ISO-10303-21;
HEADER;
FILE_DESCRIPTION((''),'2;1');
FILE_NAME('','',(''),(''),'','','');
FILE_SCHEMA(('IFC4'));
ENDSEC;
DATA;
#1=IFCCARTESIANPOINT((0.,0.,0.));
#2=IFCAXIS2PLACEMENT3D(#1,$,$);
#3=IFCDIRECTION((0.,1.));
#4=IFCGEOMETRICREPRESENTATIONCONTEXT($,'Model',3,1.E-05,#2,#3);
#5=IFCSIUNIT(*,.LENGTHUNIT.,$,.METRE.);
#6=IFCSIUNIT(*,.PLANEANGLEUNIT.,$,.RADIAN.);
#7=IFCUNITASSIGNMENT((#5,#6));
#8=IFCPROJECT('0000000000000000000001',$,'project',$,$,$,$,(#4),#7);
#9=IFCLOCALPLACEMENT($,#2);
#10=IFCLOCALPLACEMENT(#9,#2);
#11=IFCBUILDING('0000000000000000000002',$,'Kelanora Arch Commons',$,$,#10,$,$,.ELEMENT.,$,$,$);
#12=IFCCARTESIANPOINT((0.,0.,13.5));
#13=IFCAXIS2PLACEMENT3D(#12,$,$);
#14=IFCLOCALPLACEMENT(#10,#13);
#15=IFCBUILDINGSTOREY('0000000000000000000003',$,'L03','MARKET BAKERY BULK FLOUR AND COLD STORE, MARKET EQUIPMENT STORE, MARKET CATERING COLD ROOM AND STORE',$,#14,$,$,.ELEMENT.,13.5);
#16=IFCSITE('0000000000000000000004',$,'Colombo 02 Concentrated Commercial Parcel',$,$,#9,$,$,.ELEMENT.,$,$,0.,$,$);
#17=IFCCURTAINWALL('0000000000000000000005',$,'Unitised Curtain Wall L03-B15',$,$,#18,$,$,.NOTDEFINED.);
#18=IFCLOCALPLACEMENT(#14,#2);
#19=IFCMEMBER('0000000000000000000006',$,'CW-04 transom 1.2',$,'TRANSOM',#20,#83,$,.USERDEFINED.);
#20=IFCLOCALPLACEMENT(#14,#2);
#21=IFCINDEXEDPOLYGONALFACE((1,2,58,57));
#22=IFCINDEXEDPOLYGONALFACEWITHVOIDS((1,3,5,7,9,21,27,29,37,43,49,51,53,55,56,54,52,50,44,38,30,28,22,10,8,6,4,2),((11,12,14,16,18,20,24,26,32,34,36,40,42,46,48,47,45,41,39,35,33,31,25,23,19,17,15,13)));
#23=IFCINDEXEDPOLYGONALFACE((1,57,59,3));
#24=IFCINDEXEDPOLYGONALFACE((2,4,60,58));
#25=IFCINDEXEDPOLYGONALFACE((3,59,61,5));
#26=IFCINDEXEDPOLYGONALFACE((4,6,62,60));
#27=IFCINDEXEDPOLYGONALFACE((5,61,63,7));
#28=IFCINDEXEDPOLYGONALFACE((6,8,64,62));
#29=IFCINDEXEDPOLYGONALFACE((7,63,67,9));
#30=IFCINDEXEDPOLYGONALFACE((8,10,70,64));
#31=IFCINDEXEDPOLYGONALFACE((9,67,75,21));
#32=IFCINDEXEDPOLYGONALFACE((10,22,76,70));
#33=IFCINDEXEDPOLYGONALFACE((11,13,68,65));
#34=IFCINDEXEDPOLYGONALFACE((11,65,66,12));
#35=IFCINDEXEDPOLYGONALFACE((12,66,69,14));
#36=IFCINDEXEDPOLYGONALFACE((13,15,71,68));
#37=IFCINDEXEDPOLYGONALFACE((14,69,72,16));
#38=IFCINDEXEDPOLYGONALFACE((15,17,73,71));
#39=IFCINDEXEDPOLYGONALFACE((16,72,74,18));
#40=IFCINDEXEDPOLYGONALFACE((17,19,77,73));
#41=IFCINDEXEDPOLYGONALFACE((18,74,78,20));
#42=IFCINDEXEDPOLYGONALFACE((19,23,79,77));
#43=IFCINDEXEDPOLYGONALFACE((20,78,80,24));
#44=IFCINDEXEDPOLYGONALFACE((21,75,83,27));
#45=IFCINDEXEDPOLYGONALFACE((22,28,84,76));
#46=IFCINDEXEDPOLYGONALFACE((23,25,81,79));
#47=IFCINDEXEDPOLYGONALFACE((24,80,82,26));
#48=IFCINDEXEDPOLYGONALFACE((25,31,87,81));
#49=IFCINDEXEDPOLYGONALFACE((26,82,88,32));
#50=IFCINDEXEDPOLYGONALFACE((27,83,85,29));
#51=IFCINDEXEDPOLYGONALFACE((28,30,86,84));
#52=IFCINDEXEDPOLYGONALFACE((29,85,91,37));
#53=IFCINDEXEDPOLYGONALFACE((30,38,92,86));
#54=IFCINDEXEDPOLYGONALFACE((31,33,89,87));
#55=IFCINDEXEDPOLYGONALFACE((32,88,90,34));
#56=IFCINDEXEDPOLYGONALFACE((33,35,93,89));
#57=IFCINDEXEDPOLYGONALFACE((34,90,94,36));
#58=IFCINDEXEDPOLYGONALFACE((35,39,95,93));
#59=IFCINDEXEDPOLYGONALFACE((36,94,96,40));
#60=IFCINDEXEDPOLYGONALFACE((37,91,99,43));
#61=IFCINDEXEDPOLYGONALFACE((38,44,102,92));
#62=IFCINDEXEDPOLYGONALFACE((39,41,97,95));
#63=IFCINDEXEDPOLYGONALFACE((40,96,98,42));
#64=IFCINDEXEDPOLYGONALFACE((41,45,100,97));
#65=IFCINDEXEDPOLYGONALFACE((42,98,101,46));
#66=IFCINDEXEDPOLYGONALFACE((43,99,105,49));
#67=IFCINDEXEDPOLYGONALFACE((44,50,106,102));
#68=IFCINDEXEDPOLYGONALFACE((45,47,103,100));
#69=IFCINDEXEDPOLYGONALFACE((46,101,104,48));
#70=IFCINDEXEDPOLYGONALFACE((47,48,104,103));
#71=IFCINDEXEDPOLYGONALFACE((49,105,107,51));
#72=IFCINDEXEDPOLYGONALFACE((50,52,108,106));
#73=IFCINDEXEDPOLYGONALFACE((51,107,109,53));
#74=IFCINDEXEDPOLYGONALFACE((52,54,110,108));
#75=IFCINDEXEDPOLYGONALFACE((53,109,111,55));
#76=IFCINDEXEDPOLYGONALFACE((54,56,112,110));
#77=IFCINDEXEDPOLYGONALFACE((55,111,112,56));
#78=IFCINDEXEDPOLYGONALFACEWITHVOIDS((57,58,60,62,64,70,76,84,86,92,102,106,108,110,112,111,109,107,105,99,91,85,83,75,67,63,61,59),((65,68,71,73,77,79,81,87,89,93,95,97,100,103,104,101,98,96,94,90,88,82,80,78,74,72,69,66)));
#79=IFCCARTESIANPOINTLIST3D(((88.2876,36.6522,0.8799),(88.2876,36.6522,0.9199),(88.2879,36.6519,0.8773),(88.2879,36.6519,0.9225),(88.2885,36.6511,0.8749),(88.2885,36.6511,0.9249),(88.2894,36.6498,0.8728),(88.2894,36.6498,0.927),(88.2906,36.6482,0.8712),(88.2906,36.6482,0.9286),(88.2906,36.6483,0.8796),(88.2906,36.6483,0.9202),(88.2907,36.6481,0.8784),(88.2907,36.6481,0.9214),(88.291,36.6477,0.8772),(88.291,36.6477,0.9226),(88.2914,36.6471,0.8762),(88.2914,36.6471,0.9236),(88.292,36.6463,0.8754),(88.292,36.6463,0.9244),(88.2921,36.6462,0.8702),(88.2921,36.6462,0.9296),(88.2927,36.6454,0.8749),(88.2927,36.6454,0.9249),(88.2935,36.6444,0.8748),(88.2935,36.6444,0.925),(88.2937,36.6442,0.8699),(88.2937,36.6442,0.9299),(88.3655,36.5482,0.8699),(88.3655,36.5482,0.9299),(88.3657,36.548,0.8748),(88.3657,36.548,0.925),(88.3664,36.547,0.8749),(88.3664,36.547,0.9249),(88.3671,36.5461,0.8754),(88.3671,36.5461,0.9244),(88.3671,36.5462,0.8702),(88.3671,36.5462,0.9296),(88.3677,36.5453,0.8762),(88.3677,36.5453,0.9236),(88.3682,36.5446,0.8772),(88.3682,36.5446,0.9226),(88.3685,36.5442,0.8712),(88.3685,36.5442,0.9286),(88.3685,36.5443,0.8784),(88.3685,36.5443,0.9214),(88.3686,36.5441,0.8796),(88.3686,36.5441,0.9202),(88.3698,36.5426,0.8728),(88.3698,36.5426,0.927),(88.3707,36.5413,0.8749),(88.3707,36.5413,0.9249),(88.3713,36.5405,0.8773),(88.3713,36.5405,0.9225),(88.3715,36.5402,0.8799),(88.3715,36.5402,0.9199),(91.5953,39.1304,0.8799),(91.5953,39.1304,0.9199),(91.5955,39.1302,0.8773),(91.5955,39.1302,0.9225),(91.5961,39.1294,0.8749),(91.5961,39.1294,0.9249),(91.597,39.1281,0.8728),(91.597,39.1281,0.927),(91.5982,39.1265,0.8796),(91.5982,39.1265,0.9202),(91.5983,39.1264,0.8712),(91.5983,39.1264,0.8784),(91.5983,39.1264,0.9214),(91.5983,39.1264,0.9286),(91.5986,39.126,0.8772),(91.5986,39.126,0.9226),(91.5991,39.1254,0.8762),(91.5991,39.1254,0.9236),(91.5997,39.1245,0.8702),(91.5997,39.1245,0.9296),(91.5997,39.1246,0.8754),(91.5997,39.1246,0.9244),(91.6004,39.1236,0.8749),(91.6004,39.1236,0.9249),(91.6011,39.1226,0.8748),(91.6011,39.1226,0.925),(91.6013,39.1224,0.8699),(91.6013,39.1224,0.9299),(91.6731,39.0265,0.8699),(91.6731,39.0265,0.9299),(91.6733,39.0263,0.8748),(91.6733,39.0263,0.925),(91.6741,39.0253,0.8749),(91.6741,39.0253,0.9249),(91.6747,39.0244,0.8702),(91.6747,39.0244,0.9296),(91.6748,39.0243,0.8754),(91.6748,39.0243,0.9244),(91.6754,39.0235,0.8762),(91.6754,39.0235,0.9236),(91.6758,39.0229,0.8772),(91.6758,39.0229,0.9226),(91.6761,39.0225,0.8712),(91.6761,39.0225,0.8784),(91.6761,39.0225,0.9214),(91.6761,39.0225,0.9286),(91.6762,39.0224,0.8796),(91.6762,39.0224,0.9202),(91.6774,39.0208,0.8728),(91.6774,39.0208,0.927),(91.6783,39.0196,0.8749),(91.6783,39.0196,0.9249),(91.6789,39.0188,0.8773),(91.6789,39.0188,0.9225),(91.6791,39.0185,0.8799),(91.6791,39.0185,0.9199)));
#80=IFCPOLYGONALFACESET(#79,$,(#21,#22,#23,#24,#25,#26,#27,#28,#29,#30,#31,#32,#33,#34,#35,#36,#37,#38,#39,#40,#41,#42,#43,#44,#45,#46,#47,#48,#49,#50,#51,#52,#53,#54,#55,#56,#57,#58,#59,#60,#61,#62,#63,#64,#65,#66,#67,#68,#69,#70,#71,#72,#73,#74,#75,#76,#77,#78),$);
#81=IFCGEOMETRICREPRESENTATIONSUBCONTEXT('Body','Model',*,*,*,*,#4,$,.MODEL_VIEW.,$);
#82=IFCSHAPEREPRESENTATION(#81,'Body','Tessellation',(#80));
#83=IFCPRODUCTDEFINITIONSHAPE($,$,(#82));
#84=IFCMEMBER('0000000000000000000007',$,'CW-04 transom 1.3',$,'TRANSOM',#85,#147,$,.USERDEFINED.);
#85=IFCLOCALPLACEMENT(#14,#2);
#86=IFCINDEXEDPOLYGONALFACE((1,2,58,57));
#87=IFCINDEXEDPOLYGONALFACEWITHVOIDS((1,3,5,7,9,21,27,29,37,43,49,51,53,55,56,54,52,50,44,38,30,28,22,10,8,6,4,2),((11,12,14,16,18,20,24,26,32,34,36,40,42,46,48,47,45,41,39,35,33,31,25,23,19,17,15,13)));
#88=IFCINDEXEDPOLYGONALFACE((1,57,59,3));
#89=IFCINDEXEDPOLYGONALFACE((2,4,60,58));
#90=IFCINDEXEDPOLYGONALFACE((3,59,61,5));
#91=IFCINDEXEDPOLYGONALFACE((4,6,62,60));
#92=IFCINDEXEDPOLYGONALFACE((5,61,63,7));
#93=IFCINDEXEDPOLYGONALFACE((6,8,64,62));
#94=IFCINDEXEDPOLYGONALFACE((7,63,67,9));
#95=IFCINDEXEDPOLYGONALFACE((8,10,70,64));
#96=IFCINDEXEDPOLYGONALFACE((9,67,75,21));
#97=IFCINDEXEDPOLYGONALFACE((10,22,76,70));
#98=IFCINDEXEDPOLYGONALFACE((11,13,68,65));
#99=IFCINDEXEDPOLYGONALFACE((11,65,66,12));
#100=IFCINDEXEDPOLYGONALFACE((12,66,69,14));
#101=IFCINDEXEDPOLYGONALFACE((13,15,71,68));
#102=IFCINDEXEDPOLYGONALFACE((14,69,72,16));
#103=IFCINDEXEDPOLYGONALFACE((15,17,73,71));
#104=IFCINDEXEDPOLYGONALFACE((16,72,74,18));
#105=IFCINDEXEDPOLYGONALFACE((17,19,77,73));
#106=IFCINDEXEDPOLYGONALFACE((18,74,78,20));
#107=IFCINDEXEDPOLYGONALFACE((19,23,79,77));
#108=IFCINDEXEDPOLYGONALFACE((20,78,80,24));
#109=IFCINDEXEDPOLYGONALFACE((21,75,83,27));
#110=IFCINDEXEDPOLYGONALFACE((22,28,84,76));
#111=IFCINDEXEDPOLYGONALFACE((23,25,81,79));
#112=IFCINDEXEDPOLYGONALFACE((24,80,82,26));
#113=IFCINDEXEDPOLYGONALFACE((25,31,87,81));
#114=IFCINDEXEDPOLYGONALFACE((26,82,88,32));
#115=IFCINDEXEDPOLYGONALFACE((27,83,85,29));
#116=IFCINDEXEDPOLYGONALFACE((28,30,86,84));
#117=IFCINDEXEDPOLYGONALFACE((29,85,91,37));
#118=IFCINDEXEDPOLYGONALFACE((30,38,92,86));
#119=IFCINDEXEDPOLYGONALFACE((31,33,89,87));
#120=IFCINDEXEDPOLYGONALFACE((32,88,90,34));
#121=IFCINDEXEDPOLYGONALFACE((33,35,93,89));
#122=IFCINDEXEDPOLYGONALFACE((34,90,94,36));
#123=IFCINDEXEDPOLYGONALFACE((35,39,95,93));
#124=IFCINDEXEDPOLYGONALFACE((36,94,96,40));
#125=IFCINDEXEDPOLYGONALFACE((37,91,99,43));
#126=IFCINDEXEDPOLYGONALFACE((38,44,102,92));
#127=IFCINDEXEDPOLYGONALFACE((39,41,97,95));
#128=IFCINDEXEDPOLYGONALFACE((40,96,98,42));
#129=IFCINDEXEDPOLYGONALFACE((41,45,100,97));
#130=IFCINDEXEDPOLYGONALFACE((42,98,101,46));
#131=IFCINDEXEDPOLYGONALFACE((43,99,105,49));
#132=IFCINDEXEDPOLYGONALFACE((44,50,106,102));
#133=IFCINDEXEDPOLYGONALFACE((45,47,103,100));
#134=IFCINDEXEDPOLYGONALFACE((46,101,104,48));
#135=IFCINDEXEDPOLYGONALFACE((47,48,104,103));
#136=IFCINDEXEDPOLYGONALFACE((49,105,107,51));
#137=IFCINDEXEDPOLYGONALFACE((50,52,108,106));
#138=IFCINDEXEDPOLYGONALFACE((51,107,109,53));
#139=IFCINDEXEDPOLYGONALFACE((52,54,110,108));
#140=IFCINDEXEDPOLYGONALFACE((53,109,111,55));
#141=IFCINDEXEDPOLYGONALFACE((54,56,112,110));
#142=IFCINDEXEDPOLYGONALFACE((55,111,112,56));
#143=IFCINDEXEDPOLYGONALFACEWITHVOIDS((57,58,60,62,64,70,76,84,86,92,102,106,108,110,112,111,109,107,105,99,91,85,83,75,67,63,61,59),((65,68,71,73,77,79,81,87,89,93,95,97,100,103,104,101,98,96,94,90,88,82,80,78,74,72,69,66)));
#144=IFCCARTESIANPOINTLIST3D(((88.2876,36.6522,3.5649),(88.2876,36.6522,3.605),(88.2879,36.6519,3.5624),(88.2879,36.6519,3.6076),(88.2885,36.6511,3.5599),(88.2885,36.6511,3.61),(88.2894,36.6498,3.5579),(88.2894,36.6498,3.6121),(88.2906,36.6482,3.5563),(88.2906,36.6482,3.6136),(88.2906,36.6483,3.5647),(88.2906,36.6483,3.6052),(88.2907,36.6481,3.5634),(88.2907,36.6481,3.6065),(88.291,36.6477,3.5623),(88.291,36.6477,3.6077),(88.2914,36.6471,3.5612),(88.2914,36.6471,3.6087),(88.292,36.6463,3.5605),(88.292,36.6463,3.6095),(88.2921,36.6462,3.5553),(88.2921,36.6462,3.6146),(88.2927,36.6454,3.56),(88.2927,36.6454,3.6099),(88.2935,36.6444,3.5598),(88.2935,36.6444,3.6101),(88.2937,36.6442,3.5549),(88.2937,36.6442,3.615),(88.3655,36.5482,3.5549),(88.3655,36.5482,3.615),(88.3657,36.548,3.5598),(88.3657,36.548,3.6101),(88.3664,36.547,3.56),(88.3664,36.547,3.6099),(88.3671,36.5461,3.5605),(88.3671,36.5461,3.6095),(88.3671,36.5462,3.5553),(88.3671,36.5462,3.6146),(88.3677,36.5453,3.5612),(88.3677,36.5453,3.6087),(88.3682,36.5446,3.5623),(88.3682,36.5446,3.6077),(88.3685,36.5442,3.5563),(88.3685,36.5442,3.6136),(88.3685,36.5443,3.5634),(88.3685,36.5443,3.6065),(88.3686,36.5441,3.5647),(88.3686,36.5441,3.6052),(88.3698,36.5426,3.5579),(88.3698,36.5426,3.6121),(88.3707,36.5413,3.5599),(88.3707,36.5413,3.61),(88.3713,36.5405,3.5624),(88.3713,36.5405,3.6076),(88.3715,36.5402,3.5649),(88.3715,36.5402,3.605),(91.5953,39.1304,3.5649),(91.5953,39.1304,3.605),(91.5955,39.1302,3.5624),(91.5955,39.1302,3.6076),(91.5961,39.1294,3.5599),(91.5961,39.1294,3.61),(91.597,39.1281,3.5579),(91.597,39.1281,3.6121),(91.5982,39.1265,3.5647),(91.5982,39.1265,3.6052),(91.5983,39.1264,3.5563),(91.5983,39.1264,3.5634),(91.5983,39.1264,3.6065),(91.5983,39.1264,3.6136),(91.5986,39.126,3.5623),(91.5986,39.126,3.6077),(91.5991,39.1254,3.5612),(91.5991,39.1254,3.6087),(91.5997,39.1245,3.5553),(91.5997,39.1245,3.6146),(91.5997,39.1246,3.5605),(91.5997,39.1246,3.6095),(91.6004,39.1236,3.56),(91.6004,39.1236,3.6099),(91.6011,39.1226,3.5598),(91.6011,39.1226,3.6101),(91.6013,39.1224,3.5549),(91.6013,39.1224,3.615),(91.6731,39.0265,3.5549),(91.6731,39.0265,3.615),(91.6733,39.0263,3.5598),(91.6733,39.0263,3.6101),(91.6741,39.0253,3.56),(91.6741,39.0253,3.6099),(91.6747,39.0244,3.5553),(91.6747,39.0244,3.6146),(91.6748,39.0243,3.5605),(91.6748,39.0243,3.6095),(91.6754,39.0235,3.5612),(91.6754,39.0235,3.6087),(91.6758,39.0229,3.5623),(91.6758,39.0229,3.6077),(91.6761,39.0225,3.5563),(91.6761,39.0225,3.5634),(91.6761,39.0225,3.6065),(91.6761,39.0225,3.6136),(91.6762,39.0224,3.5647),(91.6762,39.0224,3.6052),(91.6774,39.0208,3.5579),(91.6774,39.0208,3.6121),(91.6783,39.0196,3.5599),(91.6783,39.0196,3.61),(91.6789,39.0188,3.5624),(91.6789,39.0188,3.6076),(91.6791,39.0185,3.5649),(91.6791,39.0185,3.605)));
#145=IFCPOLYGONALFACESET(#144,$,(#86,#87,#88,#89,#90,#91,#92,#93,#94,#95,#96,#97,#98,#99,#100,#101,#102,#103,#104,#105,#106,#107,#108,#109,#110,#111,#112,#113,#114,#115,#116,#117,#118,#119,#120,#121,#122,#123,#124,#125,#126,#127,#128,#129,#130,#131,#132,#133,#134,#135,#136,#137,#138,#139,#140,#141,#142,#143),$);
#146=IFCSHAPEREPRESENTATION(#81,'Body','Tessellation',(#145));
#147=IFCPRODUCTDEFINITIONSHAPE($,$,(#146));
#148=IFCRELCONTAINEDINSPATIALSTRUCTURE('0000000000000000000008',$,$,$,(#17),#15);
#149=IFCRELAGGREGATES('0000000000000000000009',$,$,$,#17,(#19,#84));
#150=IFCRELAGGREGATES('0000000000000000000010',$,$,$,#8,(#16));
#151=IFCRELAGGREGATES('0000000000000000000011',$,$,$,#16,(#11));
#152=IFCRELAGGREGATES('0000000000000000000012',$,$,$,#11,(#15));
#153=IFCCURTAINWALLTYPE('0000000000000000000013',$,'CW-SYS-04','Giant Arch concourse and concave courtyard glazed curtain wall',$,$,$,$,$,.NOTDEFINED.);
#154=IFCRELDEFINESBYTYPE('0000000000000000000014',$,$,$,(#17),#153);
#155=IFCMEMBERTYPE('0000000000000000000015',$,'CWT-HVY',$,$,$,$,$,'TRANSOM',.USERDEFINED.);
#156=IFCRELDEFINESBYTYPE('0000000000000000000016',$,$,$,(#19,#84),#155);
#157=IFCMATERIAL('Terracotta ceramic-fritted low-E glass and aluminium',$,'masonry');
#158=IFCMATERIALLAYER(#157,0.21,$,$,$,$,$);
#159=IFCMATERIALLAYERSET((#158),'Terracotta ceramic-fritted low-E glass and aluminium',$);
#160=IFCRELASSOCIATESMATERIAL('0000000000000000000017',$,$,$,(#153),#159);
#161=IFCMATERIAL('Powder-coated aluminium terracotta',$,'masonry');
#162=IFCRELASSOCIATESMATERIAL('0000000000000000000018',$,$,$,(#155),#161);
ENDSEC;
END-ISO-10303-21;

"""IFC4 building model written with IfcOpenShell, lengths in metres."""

from ifc_helpers import new_model, si_unit, direction, frame, origin, origin_2d, place, context, subcontext, project, spatial, hollow_rectangle, extrude, material, layer, layer_set, material_profile, profile_set, type_object, element, aggregate, save


model = new_model("IFC4")

# Units and contexts
model_context = context("Model", 3, precision=1e-05, world=origin(), true_north=direction((0.0, 1.0)))
body_context = subcontext(model_context, "Body", "Model", "MODEL_VIEW")
ifc_project = project(units=[si_unit("LENGTHUNIT", "METRE"), si_unit("PLANEANGLEUNIT", "RADIAN")], contexts=[model_context])

# Site, building, storey
site_placement = place(None, origin())
site = spatial("IfcSite", under=ifc_project, at=site_placement, Name="Colombo 02 Concentrated Commercial Parcel", CompositionType="ELEMENT", RefElevation=0.0)
building_placement = place(site_placement, origin())
building = spatial("IfcBuilding", under=site, at=building_placement, Name="Kelanora Arch Commons", CompositionType="ELEMENT")
storey_placement = place(building_placement, frame((0.0, 0.0, 13.5)))
storey = spatial("IfcBuildingStorey", under=building, at=storey_placement, Name="L03", Description="MARKET BAKERY BULK FLOUR AND COLD STORE, MARKET EQUIPMENT STORE, MARKET CATERING COLD ROOM AND STORE", CompositionType="ELEMENT", Elevation=13.5)

# Shared definitions
ifc_material_1 = material(Name="Terracotta ceramic-fritted low-E glass and aluminium", Category="masonry")
ifc_layer_1 = layer(ifc_material_1, 0.21)
ifc_layer_set_1 = layer_set([ifc_layer_1], Name="Terracotta ceramic-fritted low-E glass and aluminium")
curtain_wall_type = type_object("IfcCurtainWallType", Name="CW-SYS-04", Description="Giant Arch concourse and concave courtyard glazed curtain wall", PredefinedType="NOTDEFINED", material=ifc_layer_set_1)
ifc_material_2 = material(Name="Powder-coated aluminium terracotta", Category="masonry")

# Curtain wall
curtain_wall_1_placement = place(storey_placement, origin())
curtain_wall_1 = element("IfcCurtainWall", 1, at=curtain_wall_1_placement, inside=storey, type_object=curtain_wall_type, Name="Unitised Curtain Wall L03-B15", PredefinedType="NOTDEFINED")

# Members
ifc_material_profile_1 = material_profile(ifc_material_2, hollow_rectangle(XDim=0.1399, YDim=0.0601, WallThickness=0.0049, InnerFilletRadius=0.0049, OuterFilletRadius=0.01, at=origin_2d()), Name="CWT140x60")
ifc_profile_set_1 = profile_set([ifc_material_profile_1], Name="Powder-coated aluminium terracotta")
member_type_1 = type_object("IfcMemberType", Name="CWT-HVY", ElementType="TRANSOM", PredefinedType="USERDEFINED", material=ifc_profile_set_1)
member_1_placement = place(storey_placement, frame((88.3296, 36.5962, 0.8999), z_axis=(0.800283, 0.599622, 0.0), x_axis=(-0.599622, 0.800283, 0.0)))
member_1 = element("IfcMember", 2, at=member_1_placement, type_object=member_type_1, Name="CW-04 transom 1.2", ObjectType="TRANSOM", PredefinedType="USERDEFINED", context=body_context, shape_type="SweptSolid", body=[
    extrude(hollow_rectangle(XDim=0.1399, YDim=0.0601, WallThickness=0.0049, InnerFilletRadius=0.0049, OuterFilletRadius=0.01, at=origin_2d()), origin(), (0.0, 0.0, 1.0), 4.1331),
])
member_2_placement = place(storey_placement, frame((88.3296, 36.5962, 3.585), z_axis=(0.800283, 0.599622, 0.0), x_axis=(-0.599622, 0.800283, 0.0)))
member_2 = element("IfcMember", 3, at=member_2_placement, type_object=member_type_1, Name="CW-04 transom 1.3", ObjectType="TRANSOM", PredefinedType="USERDEFINED", context=body_context, shape_type="SweptSolid", body=[
    extrude(hollow_rectangle(XDim=0.1399, YDim=0.0601, WallThickness=0.0049, InnerFilletRadius=0.0049, OuterFilletRadius=0.01, at=origin_2d()), origin(), (0.0, 0.0, 1.0), 4.1331),
])

aggregate(curtain_wall_1, [member_1, member_2])

save(model, "model.ifc")
